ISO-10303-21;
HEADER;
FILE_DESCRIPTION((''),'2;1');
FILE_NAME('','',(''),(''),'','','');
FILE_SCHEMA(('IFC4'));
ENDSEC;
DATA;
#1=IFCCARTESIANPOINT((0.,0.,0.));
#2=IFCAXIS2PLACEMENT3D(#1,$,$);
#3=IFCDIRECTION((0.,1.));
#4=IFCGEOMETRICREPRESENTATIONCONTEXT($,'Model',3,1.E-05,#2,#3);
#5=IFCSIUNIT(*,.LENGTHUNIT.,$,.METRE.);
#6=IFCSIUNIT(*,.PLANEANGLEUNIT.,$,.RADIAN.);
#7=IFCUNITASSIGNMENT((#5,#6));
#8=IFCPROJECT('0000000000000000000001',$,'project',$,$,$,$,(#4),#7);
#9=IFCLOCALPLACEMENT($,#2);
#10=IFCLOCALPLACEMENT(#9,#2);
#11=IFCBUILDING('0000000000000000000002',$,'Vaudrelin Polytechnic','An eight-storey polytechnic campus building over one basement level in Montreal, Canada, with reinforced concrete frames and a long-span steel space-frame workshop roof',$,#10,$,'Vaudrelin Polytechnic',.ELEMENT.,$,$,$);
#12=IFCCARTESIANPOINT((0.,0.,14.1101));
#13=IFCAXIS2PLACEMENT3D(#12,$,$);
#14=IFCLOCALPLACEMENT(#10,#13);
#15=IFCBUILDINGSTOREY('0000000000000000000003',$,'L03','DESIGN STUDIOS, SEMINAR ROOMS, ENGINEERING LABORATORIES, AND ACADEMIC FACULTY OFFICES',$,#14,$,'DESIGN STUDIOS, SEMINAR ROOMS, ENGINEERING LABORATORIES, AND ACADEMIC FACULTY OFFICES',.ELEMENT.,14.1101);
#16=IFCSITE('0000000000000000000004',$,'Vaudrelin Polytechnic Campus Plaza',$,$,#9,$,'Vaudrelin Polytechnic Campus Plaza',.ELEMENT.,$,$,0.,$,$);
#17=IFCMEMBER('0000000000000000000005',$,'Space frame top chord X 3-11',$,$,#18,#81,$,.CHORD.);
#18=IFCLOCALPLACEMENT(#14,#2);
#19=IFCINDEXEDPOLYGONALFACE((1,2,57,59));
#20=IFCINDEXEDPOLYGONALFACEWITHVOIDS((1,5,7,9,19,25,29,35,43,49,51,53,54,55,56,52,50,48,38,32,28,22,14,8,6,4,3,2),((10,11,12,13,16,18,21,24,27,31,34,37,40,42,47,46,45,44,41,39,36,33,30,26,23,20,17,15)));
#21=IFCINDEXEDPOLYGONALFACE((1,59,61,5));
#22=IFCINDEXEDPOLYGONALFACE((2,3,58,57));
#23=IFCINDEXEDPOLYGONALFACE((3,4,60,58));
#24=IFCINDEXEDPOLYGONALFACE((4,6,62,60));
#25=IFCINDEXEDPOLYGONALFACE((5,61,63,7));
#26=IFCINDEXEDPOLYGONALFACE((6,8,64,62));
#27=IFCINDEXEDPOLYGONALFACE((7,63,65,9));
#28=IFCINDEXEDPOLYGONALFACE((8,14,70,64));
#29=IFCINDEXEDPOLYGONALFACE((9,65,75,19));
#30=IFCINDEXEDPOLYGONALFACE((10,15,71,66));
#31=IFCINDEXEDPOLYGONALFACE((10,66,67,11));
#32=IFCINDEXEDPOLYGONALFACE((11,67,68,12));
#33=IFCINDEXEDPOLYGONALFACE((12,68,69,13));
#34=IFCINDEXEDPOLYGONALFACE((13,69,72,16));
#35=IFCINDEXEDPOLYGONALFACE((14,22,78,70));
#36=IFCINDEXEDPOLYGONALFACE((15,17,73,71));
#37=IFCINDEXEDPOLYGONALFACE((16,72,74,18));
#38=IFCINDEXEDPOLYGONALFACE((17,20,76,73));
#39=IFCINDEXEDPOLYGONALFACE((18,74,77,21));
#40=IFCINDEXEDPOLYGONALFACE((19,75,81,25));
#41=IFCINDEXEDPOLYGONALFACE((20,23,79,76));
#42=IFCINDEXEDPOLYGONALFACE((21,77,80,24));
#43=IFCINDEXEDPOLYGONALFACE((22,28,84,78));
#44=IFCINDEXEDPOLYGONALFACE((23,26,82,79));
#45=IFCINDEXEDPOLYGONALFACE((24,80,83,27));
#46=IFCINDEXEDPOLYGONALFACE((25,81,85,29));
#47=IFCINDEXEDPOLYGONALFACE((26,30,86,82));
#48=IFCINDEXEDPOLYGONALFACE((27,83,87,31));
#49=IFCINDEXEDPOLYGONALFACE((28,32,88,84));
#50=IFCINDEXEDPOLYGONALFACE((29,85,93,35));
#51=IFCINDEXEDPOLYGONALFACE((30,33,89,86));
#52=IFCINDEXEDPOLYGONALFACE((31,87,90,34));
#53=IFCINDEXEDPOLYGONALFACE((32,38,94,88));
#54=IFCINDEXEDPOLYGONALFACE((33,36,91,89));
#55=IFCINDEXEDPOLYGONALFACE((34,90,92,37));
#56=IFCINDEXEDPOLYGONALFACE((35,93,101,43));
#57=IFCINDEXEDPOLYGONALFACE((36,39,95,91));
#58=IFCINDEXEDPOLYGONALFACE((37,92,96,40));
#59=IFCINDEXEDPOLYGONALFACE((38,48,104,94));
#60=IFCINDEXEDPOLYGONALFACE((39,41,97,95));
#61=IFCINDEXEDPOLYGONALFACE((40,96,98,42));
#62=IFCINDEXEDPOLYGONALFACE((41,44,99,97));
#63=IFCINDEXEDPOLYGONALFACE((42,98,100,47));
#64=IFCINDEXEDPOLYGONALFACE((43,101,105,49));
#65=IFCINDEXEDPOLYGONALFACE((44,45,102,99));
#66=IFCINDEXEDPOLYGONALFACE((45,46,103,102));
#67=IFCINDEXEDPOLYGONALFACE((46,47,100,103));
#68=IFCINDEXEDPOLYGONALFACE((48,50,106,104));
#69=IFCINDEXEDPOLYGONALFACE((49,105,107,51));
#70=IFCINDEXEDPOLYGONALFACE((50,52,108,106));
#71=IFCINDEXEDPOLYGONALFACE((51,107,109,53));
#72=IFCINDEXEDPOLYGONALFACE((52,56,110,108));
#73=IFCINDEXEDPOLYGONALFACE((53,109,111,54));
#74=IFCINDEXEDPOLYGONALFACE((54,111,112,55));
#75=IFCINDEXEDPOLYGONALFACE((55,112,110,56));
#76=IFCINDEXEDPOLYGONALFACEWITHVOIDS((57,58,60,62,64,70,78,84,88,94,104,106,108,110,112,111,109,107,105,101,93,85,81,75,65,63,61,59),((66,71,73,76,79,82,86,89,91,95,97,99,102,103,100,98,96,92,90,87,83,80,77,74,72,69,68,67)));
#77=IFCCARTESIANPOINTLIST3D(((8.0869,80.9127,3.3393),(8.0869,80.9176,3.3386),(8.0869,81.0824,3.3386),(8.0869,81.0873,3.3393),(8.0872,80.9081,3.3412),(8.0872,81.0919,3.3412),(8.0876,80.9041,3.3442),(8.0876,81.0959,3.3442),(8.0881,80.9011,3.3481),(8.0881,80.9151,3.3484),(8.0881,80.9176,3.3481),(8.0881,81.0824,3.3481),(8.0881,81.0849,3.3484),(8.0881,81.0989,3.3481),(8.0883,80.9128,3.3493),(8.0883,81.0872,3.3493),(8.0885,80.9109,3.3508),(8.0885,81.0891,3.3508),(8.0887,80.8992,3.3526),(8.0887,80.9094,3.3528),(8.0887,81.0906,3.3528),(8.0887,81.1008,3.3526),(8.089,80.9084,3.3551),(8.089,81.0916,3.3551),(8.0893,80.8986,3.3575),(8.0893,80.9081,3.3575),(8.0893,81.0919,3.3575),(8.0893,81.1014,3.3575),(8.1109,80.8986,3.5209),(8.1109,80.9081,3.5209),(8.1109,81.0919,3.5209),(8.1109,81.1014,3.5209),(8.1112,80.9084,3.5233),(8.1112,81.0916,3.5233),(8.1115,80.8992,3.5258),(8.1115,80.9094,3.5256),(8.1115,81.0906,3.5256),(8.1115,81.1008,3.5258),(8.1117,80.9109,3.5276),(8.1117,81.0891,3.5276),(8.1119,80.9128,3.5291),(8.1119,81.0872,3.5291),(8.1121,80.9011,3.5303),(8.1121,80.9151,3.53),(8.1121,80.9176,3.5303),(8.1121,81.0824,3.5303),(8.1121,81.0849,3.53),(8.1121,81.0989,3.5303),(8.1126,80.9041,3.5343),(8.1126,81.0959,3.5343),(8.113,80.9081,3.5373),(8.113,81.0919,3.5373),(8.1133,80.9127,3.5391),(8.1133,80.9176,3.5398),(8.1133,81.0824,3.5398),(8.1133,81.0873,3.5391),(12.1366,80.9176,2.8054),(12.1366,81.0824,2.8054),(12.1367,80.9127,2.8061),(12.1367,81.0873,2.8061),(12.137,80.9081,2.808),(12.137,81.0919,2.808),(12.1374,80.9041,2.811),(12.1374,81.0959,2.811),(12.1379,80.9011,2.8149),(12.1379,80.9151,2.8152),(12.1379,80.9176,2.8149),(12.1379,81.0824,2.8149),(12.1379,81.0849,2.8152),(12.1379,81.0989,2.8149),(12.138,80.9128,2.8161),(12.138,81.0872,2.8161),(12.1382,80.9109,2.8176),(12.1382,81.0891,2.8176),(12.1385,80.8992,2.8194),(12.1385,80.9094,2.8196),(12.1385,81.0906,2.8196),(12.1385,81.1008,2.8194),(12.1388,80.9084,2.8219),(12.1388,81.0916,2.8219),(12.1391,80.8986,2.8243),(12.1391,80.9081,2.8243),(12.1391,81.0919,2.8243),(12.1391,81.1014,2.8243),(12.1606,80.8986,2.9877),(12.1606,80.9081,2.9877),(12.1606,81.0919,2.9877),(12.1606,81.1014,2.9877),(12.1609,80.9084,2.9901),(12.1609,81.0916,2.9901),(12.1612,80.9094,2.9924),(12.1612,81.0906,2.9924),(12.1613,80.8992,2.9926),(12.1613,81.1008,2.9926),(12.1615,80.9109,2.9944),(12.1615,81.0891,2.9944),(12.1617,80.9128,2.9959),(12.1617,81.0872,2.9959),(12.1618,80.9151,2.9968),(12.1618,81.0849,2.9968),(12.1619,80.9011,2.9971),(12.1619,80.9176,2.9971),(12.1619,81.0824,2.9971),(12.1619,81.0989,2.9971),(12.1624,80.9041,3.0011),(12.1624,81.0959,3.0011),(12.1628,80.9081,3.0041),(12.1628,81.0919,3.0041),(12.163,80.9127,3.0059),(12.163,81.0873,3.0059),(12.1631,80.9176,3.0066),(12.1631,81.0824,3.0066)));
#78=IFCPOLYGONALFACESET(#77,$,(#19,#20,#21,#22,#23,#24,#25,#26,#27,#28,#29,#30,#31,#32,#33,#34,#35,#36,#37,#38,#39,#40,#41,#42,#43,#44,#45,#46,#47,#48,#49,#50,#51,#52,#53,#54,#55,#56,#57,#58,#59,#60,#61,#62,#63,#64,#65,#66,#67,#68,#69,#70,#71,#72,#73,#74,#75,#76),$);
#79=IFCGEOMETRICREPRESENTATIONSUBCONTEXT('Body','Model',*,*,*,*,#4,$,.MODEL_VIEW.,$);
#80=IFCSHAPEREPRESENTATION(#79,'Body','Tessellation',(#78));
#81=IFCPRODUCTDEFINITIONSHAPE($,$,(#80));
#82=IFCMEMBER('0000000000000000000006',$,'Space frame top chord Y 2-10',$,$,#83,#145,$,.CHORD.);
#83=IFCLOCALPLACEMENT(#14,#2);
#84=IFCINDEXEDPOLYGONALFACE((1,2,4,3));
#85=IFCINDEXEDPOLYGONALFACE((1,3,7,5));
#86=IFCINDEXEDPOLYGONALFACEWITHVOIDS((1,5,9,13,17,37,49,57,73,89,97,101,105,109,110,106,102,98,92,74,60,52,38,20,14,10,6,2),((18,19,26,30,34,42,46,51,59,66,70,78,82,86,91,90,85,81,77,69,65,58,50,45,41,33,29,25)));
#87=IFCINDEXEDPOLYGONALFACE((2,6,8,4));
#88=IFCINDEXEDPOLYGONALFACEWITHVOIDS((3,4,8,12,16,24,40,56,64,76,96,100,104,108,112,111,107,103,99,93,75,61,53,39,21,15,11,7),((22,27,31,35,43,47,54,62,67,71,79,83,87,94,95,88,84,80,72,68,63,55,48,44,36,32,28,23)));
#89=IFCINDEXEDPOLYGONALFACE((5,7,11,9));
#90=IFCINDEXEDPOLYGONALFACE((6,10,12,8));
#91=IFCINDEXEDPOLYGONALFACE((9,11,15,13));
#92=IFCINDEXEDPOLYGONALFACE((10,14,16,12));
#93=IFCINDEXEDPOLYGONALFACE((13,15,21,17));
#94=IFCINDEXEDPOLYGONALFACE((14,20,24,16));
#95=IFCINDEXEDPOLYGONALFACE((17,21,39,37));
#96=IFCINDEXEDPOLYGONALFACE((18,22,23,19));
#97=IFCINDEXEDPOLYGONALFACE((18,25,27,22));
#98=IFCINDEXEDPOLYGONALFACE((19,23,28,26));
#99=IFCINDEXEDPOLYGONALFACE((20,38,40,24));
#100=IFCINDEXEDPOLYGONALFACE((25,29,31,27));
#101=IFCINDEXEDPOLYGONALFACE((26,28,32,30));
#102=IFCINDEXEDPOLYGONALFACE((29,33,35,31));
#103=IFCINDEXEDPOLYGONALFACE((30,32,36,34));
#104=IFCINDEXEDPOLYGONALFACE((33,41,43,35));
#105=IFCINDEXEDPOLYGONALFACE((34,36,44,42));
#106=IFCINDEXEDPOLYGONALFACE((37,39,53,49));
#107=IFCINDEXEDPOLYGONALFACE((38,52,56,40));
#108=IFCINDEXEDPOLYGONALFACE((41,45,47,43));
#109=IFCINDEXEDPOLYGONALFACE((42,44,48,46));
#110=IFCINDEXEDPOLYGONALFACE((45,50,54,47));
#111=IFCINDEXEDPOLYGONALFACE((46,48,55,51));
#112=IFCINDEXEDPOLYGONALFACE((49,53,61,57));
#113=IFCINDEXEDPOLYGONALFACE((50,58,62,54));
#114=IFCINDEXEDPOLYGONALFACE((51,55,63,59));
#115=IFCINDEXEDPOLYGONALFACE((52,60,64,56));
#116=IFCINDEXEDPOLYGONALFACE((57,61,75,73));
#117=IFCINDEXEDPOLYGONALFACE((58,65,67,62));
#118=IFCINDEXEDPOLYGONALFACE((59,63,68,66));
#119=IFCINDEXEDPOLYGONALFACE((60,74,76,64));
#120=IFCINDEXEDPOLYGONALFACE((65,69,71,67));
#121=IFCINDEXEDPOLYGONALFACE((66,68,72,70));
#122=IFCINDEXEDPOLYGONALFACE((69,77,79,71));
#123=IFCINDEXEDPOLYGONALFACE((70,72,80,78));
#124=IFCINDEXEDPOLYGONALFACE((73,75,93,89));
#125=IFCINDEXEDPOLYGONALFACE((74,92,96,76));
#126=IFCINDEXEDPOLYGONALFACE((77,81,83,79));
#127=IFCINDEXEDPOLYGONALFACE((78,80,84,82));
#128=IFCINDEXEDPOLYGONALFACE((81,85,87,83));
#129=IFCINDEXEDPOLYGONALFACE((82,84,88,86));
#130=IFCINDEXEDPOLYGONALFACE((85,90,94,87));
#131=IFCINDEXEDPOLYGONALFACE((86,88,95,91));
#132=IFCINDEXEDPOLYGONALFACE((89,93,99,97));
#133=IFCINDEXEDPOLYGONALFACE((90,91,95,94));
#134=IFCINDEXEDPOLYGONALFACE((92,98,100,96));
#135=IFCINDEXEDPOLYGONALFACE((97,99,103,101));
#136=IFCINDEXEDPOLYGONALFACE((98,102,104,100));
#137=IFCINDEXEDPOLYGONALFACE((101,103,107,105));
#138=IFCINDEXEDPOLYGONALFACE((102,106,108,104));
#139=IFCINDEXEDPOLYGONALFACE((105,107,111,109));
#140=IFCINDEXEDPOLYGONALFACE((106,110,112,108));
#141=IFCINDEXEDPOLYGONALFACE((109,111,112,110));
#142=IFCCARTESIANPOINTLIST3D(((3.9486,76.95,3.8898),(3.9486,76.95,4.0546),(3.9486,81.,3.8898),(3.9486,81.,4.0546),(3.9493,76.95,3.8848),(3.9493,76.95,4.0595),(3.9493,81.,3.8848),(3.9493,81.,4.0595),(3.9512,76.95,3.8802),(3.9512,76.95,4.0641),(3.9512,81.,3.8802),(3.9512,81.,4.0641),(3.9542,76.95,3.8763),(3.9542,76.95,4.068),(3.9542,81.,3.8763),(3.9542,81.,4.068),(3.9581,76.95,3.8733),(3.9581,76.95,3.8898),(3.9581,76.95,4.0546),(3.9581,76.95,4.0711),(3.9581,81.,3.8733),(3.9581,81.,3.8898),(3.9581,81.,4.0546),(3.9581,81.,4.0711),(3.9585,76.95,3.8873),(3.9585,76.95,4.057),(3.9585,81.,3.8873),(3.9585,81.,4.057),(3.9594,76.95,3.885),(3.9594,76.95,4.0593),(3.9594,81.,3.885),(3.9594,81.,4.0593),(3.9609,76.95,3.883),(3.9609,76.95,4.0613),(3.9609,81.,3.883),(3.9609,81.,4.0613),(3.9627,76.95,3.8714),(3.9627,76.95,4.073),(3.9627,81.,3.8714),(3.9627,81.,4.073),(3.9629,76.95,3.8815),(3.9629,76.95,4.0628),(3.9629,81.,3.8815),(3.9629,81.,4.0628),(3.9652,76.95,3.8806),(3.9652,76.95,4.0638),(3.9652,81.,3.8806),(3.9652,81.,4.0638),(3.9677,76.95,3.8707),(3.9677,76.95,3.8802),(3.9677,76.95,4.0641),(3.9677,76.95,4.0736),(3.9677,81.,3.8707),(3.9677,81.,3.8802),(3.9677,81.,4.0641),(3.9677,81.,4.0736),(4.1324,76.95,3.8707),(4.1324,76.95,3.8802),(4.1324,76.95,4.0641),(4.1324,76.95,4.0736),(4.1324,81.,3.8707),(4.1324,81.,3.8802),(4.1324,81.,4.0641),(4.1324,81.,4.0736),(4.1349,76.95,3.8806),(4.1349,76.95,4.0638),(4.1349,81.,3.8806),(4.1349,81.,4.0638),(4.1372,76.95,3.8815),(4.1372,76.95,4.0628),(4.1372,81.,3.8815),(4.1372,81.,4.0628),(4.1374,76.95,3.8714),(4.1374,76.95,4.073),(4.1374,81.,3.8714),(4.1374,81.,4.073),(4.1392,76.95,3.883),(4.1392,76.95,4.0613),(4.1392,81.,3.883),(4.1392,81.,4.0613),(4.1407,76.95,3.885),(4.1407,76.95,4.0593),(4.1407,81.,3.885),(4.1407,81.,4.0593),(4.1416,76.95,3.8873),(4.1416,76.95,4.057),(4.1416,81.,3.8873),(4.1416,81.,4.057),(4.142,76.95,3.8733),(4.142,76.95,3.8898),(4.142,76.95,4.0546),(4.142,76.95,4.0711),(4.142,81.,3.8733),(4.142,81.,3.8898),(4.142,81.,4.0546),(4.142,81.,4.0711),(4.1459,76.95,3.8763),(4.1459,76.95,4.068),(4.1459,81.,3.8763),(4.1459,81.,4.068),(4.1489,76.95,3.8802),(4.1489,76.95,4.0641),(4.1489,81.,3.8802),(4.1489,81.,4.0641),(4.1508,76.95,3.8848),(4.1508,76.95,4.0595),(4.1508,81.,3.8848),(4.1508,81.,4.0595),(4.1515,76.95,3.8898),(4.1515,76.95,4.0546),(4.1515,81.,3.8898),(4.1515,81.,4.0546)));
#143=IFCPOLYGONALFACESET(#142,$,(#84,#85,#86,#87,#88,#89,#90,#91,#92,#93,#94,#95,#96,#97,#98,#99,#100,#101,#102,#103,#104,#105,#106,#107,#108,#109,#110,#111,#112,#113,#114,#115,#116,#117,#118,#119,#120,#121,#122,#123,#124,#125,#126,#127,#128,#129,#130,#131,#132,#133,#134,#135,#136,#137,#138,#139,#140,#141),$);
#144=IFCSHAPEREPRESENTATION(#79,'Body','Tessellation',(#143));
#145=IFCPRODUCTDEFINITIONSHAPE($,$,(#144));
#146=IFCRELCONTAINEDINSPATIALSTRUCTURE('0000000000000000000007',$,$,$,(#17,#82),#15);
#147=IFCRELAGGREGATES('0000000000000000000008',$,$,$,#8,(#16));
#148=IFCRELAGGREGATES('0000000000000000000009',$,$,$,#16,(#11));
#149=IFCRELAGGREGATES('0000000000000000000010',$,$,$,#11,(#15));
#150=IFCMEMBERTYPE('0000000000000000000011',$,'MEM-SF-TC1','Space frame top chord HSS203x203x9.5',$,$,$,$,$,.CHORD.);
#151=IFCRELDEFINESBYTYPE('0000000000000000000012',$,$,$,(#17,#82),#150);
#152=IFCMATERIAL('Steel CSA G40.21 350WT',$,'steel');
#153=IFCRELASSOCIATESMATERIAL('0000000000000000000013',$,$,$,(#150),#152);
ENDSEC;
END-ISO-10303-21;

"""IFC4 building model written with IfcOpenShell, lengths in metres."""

from ifc_helpers import new_model, si_unit, direction, frame, origin, origin_2d, place, context, subcontext, project, spatial, hollow_rectangle, extrude, material, material_profile, profile_set, type_object, element, save


model = new_model("IFC4")

# Units and contexts
model_context = context("Model", 3, precision=1e-05, world=origin(), true_north=direction((0.0, 1.0)))
body_context = subcontext(model_context, "Body", "Model", "MODEL_VIEW")
ifc_project = project(units=[si_unit("LENGTHUNIT", "METRE"), si_unit("PLANEANGLEUNIT", "RADIAN")], contexts=[model_context])

# Site, building, storey
site_placement = place(None, origin())
site = spatial("IfcSite", under=ifc_project, at=site_placement, Name="Vaudrelin Polytechnic Campus Plaza", LongName="Vaudrelin Polytechnic Campus Plaza", CompositionType="ELEMENT", RefElevation=0.0)
building_placement = place(site_placement, origin())
building = spatial("IfcBuilding", under=site, at=building_placement, Name="Vaudrelin Polytechnic", Description="An eight-storey polytechnic campus building over one basement level in Montreal, Canada, with reinforced concrete frames and a long-span steel space-frame workshop roof", LongName="Vaudrelin Polytechnic", CompositionType="ELEMENT")
storey_placement = place(building_placement, frame((0.0, 0.0, 14.1101)))
storey = spatial("IfcBuildingStorey", under=building, at=storey_placement, Name="L03", Description="DESIGN STUDIOS, SEMINAR ROOMS, ENGINEERING LABORATORIES, AND ACADEMIC FACULTY OFFICES", LongName="DESIGN STUDIOS, SEMINAR ROOMS, ENGINEERING LABORATORIES, AND ACADEMIC FACULTY OFFICES", CompositionType="ELEMENT", Elevation=14.1101)

# Members
ifc_material_1 = material(Name="Steel CSA G40.21 350WT", Category="steel")
ifc_material_profile_1 = material_profile(ifc_material_1, hollow_rectangle(XDim=0.2029, YDim=0.2029, WallThickness=0.0095, InnerFilletRadius=0.0095, OuterFilletRadius=0.019, at=origin_2d()), Name="HSS203x203x9.5")
ifc_profile_set_1 = profile_set([ifc_material_profile_1], Name="Steel CSA G40.21 350WT")
member_type_1 = type_object("IfcMemberType", Name="MEM-SF-TC1", Description="Space frame top chord HSS203x203x9.5", PredefinedType="CHORD", material=ifc_profile_set_1)
member_1_placement = place(storey_placement, frame((8.1001, 81.0, 3.4392), z_axis=(0.991444, 0.0, -0.130535), x_axis=(0.0, 1.0, 0.0)))
element("IfcMember", 1, at=member_1_placement, inside=storey, type_object=member_type_1, Name="Space frame top chord X 3-11", PredefinedType="CHORD", context=body_context, shape_type="SweptSolid", body=[
    extrude(hollow_rectangle(XDim=0.2029, YDim=0.2029, WallThickness=0.0095, InnerFilletRadius=0.0095, OuterFilletRadius=0.019, at=origin_2d()), origin(), (0.0, 0.0, 1.0), 4.0847),
])
for number, where, z_axis, x_axis, name in (
    (2, (4.05, 76.95, 3.9722), (0.0, 1.0, 0.0), (-1.0, 0.0, 0.0), "Space frame top chord Y 2-10"),
):
    element("IfcMember", number, at=place(storey_placement, frame(where, z_axis=z_axis, x_axis=x_axis)), inside=storey, type_object=member_type_1, Name=name, PredefinedType="CHORD", context=body_context, shape_type="SweptSolid", body=[
        extrude(hollow_rectangle(XDim=0.2029, YDim=0.2029, WallThickness=0.0095, InnerFilletRadius=0.0095, OuterFilletRadius=0.019, at=origin_2d()), origin(), (0.0, 0.0, 1.0), 4.05),
    ])

save(model, "model.ifc")
